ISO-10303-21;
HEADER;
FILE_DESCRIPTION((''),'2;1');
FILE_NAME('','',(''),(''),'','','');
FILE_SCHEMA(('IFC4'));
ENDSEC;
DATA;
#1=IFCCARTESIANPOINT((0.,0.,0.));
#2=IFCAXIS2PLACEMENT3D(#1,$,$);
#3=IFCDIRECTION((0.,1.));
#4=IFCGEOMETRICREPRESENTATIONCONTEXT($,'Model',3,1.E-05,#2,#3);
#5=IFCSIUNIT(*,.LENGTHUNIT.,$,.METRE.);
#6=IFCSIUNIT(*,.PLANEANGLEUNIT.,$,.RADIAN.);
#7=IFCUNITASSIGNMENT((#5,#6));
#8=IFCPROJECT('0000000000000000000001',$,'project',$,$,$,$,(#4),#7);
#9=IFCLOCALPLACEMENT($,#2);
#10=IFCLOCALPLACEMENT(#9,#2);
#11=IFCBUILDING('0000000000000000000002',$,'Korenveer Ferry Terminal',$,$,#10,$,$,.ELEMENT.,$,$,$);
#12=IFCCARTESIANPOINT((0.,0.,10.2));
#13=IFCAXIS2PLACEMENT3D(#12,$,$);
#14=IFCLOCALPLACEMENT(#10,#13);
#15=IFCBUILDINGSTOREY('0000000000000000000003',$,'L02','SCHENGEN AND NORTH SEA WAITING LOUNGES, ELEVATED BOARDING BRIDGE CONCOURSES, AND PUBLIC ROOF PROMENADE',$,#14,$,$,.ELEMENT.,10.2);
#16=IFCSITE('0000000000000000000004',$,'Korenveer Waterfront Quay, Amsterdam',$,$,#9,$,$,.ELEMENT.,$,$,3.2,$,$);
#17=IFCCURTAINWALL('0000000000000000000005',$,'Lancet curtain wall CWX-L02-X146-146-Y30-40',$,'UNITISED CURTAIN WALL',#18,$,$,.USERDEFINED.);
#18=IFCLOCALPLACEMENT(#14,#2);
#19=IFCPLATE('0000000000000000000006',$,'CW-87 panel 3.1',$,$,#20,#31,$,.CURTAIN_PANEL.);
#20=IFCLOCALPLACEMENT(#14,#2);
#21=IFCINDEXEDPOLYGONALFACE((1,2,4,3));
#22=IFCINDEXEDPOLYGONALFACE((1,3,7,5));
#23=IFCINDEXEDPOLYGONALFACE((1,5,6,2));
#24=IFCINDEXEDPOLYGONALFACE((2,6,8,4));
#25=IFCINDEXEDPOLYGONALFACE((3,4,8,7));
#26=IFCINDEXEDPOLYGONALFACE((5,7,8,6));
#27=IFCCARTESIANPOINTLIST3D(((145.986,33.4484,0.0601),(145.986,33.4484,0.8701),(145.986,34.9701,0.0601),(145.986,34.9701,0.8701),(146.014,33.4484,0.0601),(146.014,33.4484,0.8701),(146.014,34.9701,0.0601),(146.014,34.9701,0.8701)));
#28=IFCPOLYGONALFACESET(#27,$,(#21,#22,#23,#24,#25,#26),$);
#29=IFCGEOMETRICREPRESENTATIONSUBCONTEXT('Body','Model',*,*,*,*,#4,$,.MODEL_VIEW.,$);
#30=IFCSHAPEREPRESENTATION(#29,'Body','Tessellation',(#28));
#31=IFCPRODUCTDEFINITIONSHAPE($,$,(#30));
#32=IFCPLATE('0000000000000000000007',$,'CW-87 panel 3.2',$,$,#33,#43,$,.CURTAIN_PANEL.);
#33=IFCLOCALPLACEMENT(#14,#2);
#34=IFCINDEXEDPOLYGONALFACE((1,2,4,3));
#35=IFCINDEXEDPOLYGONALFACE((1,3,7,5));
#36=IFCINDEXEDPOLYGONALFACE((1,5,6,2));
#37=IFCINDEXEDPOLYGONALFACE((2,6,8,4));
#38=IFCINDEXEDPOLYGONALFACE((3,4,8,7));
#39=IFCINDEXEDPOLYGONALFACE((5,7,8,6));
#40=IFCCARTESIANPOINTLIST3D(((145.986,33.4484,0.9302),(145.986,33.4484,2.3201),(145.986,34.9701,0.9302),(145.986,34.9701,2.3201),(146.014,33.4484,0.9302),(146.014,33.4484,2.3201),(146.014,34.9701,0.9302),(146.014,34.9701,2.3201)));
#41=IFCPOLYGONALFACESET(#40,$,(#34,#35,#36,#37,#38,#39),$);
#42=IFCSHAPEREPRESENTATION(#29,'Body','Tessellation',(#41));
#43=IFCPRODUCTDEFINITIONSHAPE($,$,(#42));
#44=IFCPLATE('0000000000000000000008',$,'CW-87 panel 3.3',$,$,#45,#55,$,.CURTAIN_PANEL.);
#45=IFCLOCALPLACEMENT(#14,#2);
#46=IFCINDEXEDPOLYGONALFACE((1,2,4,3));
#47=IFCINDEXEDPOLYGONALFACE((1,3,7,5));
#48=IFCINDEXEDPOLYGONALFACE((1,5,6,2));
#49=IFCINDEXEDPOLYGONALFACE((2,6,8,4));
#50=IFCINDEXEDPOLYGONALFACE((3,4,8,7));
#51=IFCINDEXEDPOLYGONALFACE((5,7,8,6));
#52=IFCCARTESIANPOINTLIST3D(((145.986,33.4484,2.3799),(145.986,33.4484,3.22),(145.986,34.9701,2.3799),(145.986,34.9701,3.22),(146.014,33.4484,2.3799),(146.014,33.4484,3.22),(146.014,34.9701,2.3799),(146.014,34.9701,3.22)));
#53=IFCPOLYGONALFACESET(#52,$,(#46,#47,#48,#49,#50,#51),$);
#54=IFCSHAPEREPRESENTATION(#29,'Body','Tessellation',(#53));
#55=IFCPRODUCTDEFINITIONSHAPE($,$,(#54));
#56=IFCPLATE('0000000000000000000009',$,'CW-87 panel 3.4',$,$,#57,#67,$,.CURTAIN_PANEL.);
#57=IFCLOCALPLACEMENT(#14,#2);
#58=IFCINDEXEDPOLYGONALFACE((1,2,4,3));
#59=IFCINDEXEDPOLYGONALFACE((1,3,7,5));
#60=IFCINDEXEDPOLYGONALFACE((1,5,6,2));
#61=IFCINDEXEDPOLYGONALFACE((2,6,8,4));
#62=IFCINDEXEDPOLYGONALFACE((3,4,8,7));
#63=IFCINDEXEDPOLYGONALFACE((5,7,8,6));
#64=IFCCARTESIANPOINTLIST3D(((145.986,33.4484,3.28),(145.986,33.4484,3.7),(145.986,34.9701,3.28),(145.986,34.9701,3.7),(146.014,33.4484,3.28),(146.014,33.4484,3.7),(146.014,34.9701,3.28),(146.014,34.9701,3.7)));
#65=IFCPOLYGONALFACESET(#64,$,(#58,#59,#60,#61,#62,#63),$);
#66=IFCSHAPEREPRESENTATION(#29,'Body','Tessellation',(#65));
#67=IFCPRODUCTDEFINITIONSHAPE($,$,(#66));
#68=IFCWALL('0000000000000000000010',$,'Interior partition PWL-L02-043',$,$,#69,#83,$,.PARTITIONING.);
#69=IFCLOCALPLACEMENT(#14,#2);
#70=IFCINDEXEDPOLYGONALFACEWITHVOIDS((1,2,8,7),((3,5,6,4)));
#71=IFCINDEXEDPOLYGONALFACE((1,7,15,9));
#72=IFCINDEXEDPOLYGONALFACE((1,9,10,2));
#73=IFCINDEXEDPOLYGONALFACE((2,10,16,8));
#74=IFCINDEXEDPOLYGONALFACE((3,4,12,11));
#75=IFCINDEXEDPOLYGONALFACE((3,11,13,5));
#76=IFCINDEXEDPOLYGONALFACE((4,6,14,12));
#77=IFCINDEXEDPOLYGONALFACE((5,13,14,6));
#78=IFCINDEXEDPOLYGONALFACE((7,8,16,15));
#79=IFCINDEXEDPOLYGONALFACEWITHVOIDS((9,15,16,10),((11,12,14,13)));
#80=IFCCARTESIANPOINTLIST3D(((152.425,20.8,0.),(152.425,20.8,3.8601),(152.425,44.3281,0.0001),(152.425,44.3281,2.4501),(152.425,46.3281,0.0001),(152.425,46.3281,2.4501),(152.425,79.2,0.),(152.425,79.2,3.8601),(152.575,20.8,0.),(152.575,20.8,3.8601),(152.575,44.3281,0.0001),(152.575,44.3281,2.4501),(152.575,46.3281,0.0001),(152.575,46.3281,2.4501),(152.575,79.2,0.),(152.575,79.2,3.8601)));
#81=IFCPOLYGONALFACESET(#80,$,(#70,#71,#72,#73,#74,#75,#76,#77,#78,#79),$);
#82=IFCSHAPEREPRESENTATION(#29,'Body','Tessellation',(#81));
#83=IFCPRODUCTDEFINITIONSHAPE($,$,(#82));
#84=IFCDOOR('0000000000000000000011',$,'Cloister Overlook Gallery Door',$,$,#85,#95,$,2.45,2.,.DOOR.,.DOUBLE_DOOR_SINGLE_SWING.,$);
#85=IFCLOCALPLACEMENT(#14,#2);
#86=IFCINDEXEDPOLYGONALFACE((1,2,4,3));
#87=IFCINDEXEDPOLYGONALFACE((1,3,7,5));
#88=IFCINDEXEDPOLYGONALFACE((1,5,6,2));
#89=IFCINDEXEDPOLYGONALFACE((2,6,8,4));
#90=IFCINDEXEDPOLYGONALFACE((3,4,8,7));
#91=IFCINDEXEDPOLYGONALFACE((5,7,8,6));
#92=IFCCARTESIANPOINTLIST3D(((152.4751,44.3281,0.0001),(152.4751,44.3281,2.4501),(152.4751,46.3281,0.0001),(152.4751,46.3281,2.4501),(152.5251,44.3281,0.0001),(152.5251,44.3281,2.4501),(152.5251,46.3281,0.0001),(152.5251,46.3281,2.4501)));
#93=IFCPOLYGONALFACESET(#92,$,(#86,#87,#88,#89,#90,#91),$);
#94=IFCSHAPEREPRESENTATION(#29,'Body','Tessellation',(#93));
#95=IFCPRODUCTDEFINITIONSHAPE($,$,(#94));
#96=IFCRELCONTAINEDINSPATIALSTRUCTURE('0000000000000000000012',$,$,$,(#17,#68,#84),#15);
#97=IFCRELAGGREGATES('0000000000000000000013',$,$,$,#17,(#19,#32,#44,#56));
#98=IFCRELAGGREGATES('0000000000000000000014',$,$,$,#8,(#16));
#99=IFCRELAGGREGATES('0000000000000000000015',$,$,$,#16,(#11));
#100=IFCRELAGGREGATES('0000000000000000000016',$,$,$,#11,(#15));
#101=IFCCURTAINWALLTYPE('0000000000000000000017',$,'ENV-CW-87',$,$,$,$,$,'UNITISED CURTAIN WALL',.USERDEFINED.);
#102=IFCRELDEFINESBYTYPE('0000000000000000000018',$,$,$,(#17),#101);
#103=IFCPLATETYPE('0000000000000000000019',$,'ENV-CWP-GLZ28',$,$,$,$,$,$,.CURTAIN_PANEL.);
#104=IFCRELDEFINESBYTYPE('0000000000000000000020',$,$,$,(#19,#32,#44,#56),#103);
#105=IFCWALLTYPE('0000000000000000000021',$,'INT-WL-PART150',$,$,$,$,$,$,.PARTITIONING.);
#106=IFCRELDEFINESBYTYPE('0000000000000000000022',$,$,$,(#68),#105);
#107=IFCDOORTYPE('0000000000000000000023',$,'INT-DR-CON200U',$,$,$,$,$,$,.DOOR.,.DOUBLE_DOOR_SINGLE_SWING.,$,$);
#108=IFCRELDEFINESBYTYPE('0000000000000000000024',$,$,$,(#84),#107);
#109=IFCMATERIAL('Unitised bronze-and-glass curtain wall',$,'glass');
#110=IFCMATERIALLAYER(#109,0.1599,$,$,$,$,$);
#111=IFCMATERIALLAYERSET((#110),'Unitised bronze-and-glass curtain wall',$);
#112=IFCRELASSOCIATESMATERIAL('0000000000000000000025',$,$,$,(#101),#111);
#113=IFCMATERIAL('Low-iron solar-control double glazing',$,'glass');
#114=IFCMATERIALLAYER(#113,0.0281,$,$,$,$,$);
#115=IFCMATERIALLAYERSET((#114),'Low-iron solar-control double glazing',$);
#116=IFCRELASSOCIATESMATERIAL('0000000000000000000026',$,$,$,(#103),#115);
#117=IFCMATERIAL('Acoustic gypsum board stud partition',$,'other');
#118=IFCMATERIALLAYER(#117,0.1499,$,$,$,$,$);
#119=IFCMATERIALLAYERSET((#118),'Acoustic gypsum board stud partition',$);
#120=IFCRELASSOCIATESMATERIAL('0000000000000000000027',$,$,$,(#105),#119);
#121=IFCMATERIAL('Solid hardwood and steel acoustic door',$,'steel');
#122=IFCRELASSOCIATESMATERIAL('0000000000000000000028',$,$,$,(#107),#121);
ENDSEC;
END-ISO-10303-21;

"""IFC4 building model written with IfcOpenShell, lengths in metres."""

from ifc_helpers import new_model, si_unit, direction, frame, frame_2d, origin, origin_2d, place, context, subcontext, project, spatial, rectangle, extrude, material, layer, layer_set, type_object, element, fill, aggregate, save


model = new_model("IFC4")

# Units and contexts
model_context = context("Model", 3, precision=1e-05, world=origin(), true_north=direction((0.0, 1.0)))
body_context = subcontext(model_context, "Body", "Model", "MODEL_VIEW")
ifc_project = project(units=[si_unit("LENGTHUNIT", "METRE"), si_unit("PLANEANGLEUNIT", "RADIAN")], contexts=[model_context])

# Site, building, storey
site_placement = place(None, origin())
site = spatial("IfcSite", under=ifc_project, at=site_placement, Name="Korenveer Waterfront Quay, Amsterdam", CompositionType="ELEMENT", RefElevation=3.2)
building_placement = place(site_placement, origin())
building = spatial("IfcBuilding", under=site, at=building_placement, Name="Korenveer Ferry Terminal", CompositionType="ELEMENT")
storey_placement = place(building_placement, frame((0.0, 0.0, 10.2)))
storey = spatial("IfcBuildingStorey", under=building, at=storey_placement, Name="L02", Description="SCHENGEN AND NORTH SEA WAITING LOUNGES, ELEVATED BOARDING BRIDGE CONCOURSES, AND PUBLIC ROOF PROMENADE", CompositionType="ELEMENT", Elevation=10.2)

# Shared definitions
ifc_material_1 = material(Name="Unitised bronze-and-glass curtain wall", Category="glass")

# Curtain wall
ifc_layer_1 = layer(ifc_material_1, 0.1599)
ifc_layer_set_1 = layer_set([ifc_layer_1], Name="Unitised bronze-and-glass curtain wall")
curtain_wall_type_1 = type_object("IfcCurtainWallType", Name="ENV-CW-87", ElementType="UNITISED CURTAIN WALL", PredefinedType="USERDEFINED", material=ifc_layer_set_1)
curtain_wall_1_placement = place(storey_placement, frame((146.0, 30.2549, 0.0)))
curtain_wall_1 = element("IfcCurtainWall", 1, at=curtain_wall_1_placement, inside=storey, type_object=curtain_wall_type_1, Name="Lancet curtain wall CWX-L02-X146-146-Y30-40", ObjectType="UNITISED CURTAIN WALL", PredefinedType="USERDEFINED")

# Plates
ifc_material_2 = material(Name="Low-iron solar-control double glazing", Category="glass")
ifc_layer_2 = layer(ifc_material_2, 0.0281)
ifc_layer_set_2 = layer_set([ifc_layer_2], Name="Low-iron solar-control double glazing")
plate_type = type_object("IfcPlateType", Name="ENV-CWP-GLZ28", PredefinedType="CURTAIN_PANEL", material=ifc_layer_set_2)
plate_1_placement = place(storey_placement, frame((146.0, 34.2092, 0.0601), z_axis=(0.0, 0.0, 1.0), x_axis=(0.0, 1.0, 0.0)))
plate_1 = element("IfcPlate", 2, at=plate_1_placement, type_object=plate_type, Name="CW-87 panel 3.1", PredefinedType="CURTAIN_PANEL", context=body_context, shape_type="SweptSolid", body=[
    extrude(rectangle(XDim=1.5217, YDim=0.0281, at=origin_2d()), origin(), (0.0, 0.0, 1.0), 0.8101),
])
plate_2_placement = place(storey_placement, frame((146.0, 34.2092, 0.9302), z_axis=(0.0, 0.0, 1.0), x_axis=(0.0, 1.0, 0.0)))
plate_2 = element("IfcPlate", 3, at=plate_2_placement, type_object=plate_type, Name="CW-87 panel 3.2", PredefinedType="CURTAIN_PANEL", context=body_context, shape_type="SweptSolid", body=[
    extrude(rectangle(XDim=1.5217, YDim=0.0281, at=origin_2d()), origin(), (0.0, 0.0, 1.0), 1.3899),
])
plate_3_placement = place(storey_placement, frame((146.0, 34.2092, 2.3799), z_axis=(0.0, 0.0, 1.0), x_axis=(0.0, 1.0, 0.0)))
plate_3 = element("IfcPlate", 4, at=plate_3_placement, type_object=plate_type, Name="CW-87 panel 3.3", PredefinedType="CURTAIN_PANEL", context=body_context, shape_type="SweptSolid", body=[
    extrude(rectangle(XDim=1.5217, YDim=0.0281, at=origin_2d()), origin(), (0.0, 0.0, 1.0), 0.8401),
])
plate_4_placement = place(storey_placement, frame((146.0, 34.2092, 3.28), z_axis=(0.0, 0.0, 1.0), x_axis=(0.0, 1.0, 0.0)))
plate_4 = element("IfcPlate", 5, at=plate_4_placement, type_object=plate_type, Name="CW-87 panel 3.4", PredefinedType="CURTAIN_PANEL", context=body_context, shape_type="SweptSolid", body=[
    extrude(rectangle(XDim=1.5217, YDim=0.0281, at=origin_2d()), origin(), (0.0, 0.0, 1.0), 0.4199),
])
aggregate(curtain_wall_1, [plate_1, plate_2, plate_3, plate_4])

# Wall, opening, door
ifc_material_3 = material(Name="Acoustic gypsum board stud partition", Category="other")
ifc_layer_3 = layer(ifc_material_3, 0.1499)
ifc_layer_set_3 = layer_set([ifc_layer_3], Name="Acoustic gypsum board stud partition")
wall_type = type_object("IfcWallType", Name="INT-WL-PART150", PredefinedType="PARTITIONING", material=ifc_layer_set_3)
wall_placement = place(storey_placement, frame((152.5, 20.8, 0.0), z_axis=(0.0, 0.0, 1.0), x_axis=(0.0, 1.0, 0.0)))
wall = element("IfcWall", 6, at=wall_placement, inside=storey, type_object=wall_type, Name="Interior partition PWL-L02-043", PredefinedType="PARTITIONING", context=body_context, shape_type="SweptSolid", body=[
    extrude(rectangle(XDim=58.3999, YDim=0.1499, at=frame_2d((29.2, 0.0))), origin(), (0.0, 0.0, 1.0), 3.8601),
])
opening_placement = place(wall_placement, frame((23.5281, 0.0, 0.0)))
opening = element("IfcOpeningElement", 7, at=opening_placement, cuts=wall, PredefinedType="OPENING", context=body_context, shape_type="SweptSolid", body=[
    extrude(rectangle(XDim=2.0, YDim=2.45, at=frame_2d((1.0, 1.2251))), frame((0.0, 0.085, 0.0), z_axis=(0.0, -1.0, 0.0), x_axis=(1.0, 0.0, 0.0)), (0.0, 0.0, 1.0), 0.1699),
])
ifc_material_4 = material(Name="Solid hardwood and steel acoustic door", Category="steel")
door_type = type_object("IfcDoorType", Name="INT-DR-CON200U", OperationType="DOUBLE_DOOR_SINGLE_SWING", PredefinedType="DOOR", material=ifc_material_4)
door_placement = place(opening_placement, origin())
door = element("IfcDoor", 8, at=door_placement, inside=storey, type_object=door_type, Name="Cloister Overlook Gallery Door", OperationType="DOUBLE_DOOR_SINGLE_SWING", OverallHeight=2.45, OverallWidth=2.0, PredefinedType="DOOR", context=body_context, shape_type="SweptSolid", body=[
    extrude(rectangle(XDim=2.0, YDim=2.45, at=frame_2d((1.0, 1.2251))), frame((0.0, 0.0249, 0.0), z_axis=(0.0, -1.0, 0.0), x_axis=(1.0, 0.0, 0.0)), (0.0, 0.0, 1.0), 0.05),
])
fill(opening, door)

save(model, "model.ifc")
